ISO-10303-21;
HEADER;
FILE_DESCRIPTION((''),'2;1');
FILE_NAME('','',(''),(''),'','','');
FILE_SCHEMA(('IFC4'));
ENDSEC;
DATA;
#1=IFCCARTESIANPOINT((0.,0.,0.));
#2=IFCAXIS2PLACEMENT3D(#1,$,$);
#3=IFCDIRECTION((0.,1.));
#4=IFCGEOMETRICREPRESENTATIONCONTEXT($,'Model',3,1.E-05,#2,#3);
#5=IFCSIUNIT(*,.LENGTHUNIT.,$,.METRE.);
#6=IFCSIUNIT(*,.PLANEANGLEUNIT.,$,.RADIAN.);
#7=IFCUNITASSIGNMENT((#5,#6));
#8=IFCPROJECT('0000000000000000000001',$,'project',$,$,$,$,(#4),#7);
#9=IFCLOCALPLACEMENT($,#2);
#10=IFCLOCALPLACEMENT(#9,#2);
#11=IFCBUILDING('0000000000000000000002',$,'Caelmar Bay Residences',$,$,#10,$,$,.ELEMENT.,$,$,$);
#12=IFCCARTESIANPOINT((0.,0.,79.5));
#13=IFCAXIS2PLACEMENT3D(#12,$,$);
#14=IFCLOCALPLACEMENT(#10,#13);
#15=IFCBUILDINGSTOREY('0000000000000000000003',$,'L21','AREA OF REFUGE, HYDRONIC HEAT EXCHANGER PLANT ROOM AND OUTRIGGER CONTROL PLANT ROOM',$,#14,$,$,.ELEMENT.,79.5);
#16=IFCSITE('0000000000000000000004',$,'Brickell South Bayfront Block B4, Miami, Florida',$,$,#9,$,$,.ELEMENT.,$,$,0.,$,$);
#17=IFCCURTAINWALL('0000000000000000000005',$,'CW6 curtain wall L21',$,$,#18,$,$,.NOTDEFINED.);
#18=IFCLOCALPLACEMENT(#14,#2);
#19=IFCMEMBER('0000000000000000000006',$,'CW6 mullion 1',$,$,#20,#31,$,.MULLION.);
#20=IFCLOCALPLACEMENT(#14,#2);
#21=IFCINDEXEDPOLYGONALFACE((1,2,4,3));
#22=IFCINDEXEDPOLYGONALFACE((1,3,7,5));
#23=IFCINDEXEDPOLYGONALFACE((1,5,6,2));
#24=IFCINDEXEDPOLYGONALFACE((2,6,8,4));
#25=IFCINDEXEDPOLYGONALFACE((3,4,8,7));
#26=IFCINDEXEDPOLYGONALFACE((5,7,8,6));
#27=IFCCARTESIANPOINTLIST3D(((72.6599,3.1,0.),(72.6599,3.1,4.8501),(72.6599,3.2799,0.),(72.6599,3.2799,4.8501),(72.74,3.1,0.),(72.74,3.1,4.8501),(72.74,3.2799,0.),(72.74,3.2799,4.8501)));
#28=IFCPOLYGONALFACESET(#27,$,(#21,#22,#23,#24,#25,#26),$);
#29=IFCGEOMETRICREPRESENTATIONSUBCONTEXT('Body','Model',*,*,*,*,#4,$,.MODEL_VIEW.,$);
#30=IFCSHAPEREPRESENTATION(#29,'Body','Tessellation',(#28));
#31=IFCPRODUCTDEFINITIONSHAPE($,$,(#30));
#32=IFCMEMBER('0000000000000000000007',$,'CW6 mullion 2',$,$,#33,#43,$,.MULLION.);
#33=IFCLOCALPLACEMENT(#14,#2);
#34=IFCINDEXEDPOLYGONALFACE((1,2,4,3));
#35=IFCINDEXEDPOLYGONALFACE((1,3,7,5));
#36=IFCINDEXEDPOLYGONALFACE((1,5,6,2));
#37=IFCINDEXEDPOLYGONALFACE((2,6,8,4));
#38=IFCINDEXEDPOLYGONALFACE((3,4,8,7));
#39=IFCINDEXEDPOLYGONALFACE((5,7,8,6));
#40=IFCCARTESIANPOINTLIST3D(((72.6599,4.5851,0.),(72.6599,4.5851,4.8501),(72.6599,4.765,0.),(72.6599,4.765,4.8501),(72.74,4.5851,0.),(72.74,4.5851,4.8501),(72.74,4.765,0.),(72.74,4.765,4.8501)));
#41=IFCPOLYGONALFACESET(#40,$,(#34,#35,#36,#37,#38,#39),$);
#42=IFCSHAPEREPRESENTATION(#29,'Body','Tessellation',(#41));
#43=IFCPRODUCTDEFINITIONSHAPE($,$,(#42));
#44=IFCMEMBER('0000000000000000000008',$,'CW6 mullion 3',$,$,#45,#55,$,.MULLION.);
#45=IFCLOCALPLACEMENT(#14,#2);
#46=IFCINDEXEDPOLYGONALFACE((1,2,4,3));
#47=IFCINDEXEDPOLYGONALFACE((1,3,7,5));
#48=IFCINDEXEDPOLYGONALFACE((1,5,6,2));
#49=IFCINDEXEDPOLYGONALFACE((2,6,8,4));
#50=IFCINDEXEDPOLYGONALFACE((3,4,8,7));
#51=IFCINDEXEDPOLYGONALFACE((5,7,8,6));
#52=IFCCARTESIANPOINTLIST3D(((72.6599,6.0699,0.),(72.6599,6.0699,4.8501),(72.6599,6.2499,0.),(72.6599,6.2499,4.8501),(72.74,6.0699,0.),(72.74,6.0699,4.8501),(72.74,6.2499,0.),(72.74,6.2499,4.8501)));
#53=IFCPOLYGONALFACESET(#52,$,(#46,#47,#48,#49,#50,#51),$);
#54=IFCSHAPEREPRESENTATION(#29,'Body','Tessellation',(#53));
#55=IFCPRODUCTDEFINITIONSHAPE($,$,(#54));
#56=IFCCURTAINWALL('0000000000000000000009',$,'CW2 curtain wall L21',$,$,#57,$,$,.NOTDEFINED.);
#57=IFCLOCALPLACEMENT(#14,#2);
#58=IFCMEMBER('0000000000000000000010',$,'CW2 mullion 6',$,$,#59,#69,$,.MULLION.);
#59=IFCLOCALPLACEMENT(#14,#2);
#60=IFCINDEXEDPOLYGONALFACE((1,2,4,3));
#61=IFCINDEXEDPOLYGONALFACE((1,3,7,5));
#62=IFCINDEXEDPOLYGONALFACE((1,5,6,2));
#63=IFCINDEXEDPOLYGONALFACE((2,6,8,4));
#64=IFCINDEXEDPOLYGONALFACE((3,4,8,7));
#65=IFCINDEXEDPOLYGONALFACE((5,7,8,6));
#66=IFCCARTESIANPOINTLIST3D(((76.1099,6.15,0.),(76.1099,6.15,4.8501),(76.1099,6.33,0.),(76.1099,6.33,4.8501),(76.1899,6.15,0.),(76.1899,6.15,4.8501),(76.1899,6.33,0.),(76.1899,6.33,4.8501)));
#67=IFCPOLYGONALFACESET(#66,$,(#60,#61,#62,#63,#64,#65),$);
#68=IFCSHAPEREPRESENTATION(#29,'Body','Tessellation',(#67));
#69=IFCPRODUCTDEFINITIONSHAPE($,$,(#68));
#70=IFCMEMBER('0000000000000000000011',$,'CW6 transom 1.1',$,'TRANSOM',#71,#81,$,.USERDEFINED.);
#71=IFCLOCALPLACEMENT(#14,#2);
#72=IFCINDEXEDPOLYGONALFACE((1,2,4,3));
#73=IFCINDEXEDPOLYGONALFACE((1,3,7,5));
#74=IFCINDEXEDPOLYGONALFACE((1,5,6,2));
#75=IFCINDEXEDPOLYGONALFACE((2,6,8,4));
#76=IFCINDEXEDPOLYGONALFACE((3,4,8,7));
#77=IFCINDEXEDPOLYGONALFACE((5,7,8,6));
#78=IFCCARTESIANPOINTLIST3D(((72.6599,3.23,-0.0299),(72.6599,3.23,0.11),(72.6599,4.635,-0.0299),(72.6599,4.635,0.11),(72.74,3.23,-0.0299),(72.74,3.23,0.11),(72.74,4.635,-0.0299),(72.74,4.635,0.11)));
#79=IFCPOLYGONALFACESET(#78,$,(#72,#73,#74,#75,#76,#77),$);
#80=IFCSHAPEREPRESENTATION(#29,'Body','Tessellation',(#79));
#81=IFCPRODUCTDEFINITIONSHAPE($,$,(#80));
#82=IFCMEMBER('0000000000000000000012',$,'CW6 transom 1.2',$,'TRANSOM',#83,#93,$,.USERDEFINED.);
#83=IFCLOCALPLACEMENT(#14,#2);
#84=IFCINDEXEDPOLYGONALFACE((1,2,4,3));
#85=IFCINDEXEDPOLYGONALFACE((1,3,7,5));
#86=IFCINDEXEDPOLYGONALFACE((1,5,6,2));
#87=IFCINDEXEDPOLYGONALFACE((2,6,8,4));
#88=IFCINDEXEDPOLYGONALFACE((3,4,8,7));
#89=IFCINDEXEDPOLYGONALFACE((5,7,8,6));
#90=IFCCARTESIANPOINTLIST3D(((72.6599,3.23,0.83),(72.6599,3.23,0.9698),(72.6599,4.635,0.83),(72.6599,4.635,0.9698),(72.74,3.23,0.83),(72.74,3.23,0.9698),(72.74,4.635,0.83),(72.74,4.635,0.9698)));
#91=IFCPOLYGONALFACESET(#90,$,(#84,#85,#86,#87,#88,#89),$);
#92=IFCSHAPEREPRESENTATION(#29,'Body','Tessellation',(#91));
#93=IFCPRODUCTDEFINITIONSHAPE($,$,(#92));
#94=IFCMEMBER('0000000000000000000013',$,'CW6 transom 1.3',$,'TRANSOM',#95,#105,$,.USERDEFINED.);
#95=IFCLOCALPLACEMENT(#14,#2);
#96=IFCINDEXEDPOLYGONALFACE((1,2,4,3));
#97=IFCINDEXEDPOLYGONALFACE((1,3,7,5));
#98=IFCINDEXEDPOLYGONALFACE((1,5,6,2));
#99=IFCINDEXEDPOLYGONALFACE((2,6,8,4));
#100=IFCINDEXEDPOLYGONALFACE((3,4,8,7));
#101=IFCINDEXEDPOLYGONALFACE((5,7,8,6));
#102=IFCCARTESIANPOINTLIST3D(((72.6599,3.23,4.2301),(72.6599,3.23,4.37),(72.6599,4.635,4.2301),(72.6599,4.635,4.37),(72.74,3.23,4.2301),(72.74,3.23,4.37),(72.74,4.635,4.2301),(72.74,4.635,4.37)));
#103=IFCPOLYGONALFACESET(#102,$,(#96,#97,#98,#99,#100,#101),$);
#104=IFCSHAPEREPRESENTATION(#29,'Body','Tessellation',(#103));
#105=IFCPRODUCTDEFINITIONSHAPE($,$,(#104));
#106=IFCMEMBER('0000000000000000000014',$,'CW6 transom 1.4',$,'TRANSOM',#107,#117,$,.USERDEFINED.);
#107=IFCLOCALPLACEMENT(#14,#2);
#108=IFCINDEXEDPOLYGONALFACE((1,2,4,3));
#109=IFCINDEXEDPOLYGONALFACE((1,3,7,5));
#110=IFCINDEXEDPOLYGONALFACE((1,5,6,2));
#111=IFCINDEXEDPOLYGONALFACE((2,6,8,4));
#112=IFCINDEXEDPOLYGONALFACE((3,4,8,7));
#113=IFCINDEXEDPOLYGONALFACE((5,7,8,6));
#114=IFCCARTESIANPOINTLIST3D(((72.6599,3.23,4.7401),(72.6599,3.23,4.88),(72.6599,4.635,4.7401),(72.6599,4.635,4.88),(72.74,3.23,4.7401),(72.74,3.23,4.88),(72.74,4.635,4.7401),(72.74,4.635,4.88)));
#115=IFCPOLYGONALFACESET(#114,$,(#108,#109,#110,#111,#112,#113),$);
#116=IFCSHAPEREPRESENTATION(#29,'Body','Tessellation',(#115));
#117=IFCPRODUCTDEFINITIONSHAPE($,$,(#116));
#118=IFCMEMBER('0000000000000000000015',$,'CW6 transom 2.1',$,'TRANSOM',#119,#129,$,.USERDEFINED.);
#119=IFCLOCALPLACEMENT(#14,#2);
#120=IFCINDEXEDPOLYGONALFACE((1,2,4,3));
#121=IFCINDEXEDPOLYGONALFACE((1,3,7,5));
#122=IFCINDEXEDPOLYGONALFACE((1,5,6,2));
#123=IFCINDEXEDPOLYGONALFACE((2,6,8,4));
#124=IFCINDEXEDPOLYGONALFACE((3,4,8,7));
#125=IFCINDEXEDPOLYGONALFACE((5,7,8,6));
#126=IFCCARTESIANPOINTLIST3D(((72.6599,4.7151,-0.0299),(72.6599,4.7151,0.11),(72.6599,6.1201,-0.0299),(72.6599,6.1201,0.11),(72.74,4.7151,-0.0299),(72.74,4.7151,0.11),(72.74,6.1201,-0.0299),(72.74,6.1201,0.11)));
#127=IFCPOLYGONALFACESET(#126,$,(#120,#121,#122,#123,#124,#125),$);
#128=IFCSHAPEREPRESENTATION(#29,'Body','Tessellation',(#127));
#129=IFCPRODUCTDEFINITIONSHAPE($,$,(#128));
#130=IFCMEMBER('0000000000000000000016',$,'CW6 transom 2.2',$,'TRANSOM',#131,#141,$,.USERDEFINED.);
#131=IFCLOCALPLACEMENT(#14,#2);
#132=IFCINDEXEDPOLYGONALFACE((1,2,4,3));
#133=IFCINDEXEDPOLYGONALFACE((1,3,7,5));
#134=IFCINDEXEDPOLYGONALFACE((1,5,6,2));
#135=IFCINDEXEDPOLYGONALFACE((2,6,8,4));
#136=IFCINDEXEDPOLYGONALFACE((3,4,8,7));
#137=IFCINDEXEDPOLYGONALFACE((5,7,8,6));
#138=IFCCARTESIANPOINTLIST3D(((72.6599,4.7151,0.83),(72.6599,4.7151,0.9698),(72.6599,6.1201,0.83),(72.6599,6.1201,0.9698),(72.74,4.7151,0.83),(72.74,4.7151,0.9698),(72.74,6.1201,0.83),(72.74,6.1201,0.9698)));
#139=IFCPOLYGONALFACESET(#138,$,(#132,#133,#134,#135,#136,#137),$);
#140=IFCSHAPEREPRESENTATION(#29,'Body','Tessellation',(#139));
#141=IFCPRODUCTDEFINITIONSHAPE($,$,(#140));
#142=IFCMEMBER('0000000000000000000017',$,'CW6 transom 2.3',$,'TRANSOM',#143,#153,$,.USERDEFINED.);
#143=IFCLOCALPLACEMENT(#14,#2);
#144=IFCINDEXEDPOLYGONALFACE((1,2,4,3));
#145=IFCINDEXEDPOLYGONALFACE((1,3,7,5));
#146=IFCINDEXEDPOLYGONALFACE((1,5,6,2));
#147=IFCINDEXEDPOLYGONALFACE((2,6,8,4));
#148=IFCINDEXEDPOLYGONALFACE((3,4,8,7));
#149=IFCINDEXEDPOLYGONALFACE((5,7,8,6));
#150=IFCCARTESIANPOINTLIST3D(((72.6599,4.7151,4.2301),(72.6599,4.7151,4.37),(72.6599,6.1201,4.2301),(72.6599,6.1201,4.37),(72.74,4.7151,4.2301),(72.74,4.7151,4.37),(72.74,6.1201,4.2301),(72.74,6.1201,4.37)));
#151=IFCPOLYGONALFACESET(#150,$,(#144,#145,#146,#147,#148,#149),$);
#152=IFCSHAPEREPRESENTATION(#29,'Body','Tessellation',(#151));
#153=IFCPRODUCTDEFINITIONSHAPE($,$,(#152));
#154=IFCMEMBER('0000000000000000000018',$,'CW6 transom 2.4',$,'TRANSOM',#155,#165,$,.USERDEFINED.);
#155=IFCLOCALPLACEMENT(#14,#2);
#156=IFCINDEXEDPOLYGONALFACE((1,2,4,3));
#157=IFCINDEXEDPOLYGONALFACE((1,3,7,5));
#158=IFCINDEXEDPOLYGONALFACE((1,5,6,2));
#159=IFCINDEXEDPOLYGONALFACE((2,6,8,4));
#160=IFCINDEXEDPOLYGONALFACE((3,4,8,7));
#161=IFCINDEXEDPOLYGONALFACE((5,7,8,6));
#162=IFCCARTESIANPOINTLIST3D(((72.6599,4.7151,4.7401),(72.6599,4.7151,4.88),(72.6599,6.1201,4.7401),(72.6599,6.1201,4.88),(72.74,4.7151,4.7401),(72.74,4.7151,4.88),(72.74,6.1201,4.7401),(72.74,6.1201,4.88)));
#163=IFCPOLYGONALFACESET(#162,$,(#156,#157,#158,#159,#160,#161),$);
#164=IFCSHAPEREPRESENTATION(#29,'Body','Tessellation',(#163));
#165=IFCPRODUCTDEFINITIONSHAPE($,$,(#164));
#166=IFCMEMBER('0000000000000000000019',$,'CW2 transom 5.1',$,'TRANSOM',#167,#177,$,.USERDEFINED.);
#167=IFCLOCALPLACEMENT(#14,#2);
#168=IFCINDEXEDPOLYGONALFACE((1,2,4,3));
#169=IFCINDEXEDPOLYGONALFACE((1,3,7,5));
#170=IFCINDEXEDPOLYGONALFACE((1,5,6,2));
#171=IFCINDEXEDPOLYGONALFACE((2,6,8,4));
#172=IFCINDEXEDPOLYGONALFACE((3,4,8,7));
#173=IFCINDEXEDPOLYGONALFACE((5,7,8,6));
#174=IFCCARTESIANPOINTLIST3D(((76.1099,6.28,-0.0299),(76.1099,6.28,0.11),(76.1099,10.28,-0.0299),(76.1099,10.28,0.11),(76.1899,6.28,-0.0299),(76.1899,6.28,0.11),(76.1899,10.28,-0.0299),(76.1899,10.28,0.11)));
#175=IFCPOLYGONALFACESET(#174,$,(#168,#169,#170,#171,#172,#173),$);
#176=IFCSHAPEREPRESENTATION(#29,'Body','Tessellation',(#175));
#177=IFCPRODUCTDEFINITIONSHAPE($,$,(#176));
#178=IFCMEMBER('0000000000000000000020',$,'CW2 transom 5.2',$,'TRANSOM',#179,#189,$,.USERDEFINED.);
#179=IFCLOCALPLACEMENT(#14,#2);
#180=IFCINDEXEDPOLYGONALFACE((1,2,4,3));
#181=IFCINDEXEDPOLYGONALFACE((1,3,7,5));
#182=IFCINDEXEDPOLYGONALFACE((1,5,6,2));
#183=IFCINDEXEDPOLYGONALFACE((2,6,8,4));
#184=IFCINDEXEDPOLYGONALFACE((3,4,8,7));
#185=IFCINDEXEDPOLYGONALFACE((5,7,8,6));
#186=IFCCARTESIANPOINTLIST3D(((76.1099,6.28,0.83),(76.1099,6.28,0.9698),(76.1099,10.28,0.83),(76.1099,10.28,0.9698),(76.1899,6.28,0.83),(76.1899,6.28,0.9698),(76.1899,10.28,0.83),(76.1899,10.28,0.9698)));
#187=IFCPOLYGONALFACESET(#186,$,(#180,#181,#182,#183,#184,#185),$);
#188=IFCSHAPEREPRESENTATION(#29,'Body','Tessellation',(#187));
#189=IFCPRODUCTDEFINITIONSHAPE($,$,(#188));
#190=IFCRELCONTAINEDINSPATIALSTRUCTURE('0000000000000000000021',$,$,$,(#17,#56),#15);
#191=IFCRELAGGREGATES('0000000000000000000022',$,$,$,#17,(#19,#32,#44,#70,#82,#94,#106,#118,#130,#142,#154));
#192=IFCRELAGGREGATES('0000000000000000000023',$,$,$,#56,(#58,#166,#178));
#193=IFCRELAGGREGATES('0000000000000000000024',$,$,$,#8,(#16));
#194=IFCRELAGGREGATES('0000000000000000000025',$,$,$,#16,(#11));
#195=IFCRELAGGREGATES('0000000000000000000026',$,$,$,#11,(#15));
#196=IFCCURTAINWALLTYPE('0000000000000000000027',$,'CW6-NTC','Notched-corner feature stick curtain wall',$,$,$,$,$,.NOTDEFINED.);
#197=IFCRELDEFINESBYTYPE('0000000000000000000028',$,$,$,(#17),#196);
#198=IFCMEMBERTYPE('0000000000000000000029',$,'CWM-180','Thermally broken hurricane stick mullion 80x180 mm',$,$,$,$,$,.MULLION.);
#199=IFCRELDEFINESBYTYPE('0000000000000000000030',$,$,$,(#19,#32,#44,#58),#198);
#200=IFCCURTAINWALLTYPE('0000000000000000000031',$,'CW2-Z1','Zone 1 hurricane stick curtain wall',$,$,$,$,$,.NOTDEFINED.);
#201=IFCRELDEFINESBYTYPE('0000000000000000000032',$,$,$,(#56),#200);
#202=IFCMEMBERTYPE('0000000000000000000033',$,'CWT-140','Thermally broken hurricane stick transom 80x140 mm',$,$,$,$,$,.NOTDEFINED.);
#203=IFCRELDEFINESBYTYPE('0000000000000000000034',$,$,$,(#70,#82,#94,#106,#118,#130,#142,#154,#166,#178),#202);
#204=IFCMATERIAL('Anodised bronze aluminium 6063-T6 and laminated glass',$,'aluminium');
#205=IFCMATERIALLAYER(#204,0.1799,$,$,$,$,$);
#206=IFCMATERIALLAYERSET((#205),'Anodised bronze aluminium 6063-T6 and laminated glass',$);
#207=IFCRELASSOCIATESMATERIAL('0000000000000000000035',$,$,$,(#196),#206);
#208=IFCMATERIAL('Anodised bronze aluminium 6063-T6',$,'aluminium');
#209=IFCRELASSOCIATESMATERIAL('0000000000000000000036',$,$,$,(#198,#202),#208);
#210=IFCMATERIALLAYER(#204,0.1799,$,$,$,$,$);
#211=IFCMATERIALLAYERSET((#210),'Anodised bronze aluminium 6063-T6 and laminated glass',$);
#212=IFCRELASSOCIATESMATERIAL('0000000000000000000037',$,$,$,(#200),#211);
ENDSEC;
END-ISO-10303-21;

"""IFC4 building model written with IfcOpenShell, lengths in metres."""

from ifc_helpers import new_model, si_unit, direction, frame, origin, origin_2d, place, context, subcontext, project, spatial, rectangle, extrude, material, layer, layer_set, material_profile, profile_set, type_object, element, aggregate, save


model = new_model("IFC4")

# Units and contexts
model_context = context("Model", 3, precision=1e-05, world=origin(), true_north=direction((0.0, 1.0)))
body_context = subcontext(model_context, "Body", "Model", "MODEL_VIEW")
ifc_project = project(units=[si_unit("LENGTHUNIT", "METRE"), si_unit("PLANEANGLEUNIT", "RADIAN")], contexts=[model_context])

# Site, building, storey
site_placement = place(None, origin())
site = spatial("IfcSite", under=ifc_project, at=site_placement, Name="Brickell South Bayfront Block B4, Miami, Florida", CompositionType="ELEMENT", RefElevation=0.0)
building_placement = place(site_placement, origin())
building = spatial("IfcBuilding", under=site, at=building_placement, Name="Caelmar Bay Residences", CompositionType="ELEMENT")
storey_placement = place(building_placement, frame((0.0, 0.0, 79.5)))
storey = spatial("IfcBuildingStorey", under=building, at=storey_placement, Name="L21", Description="AREA OF REFUGE, HYDRONIC HEAT EXCHANGER PLANT ROOM AND OUTRIGGER CONTROL PLANT ROOM", CompositionType="ELEMENT", Elevation=79.5)

# Curtain wall, members
ifc_material_1 = material(Name="Anodised bronze aluminium 6063-T6 and laminated glass", Category="aluminium")
ifc_layer_1 = layer(ifc_material_1, 0.1799)
ifc_layer_set_1 = layer_set([ifc_layer_1], Name="Anodised bronze aluminium 6063-T6 and laminated glass")
curtain_wall_type_1 = type_object("IfcCurtainWallType", Name="CW6-NTC", Description="Notched-corner feature stick curtain wall", PredefinedType="NOTDEFINED", material=ifc_layer_set_1)
curtain_wall_1_placement = place(storey_placement, origin())
curtain_wall_1 = element("IfcCurtainWall", 1, at=curtain_wall_1_placement, inside=storey, type_object=curtain_wall_type_1, Name="CW6 curtain wall L21", PredefinedType="NOTDEFINED")
ifc_material_2 = material(Name="Anodised bronze aluminium 6063-T6", Category="aluminium")
ifc_material_profile_1 = material_profile(ifc_material_2, rectangle(XDim=0.0801, YDim=0.1799, at=origin_2d()), Name="CWM-80X180")
ifc_profile_set_1 = profile_set([ifc_material_profile_1], Name="Anodised bronze aluminium 6063-T6")
member_type_1 = type_object("IfcMemberType", Name="CWM-180", Description="Thermally broken hurricane stick mullion 80x180 mm", PredefinedType="MULLION", material=ifc_profile_set_1)
member_1_placement = place(storey_placement, frame((72.7, 3.1899, 0.0), z_axis=(0.0, 0.0, 1.0), x_axis=(-1.0, 0.0, 0.0)))
member_1 = element("IfcMember", 2, at=member_1_placement, type_object=member_type_1, Name="CW6 mullion 1", PredefinedType="MULLION", context=body_context, shape_type="SweptSolid", body=[
    extrude(rectangle(XDim=0.0801, YDim=0.1799, at=origin_2d()), origin(), (0.0, 0.0, 1.0), 4.8501),
])
member_2_placement = place(storey_placement, frame((72.7, 4.675, 0.0), z_axis=(0.0, 0.0, 1.0), x_axis=(-1.0, 0.0, 0.0)))
member_2 = element("IfcMember", 3, at=member_2_placement, type_object=member_type_1, Name="CW6 mullion 2", PredefinedType="MULLION", context=body_context, shape_type="SweptSolid", body=[
    extrude(rectangle(XDim=0.0801, YDim=0.1799, at=origin_2d()), origin(), (0.0, 0.0, 1.0), 4.8501),
])
member_3_placement = place(storey_placement, frame((72.7, 6.1599, 0.0), z_axis=(0.0, 0.0, 1.0), x_axis=(-1.0, 0.0, 0.0)))
member_3 = element("IfcMember", 4, at=member_3_placement, type_object=member_type_1, Name="CW6 mullion 3", PredefinedType="MULLION", context=body_context, shape_type="SweptSolid", body=[
    extrude(rectangle(XDim=0.0801, YDim=0.1799, at=origin_2d()), origin(), (0.0, 0.0, 1.0), 4.8501),
])

# Curtain wall, member
ifc_layer_2 = layer(ifc_material_1, 0.1799)
ifc_layer_set_2 = layer_set([ifc_layer_2], Name="Anodised bronze aluminium 6063-T6 and laminated glass")
curtain_wall_type_2 = type_object("IfcCurtainWallType", Name="CW2-Z1", Description="Zone 1 hurricane stick curtain wall", PredefinedType="NOTDEFINED", material=ifc_layer_set_2)
curtain_wall_2_placement = place(storey_placement, origin())
curtain_wall_2 = element("IfcCurtainWall", 5, at=curtain_wall_2_placement, inside=storey, type_object=curtain_wall_type_2, Name="CW2 curtain wall L21", PredefinedType="NOTDEFINED")
member_4_placement = place(storey_placement, frame((76.1499, 6.24, 0.0), z_axis=(0.0, 0.0, 1.0), x_axis=(1.0, 0.0, 0.0)))
member_4 = element("IfcMember", 6, at=member_4_placement, type_object=member_type_1, Name="CW2 mullion 6", PredefinedType="MULLION", context=body_context, shape_type="SweptSolid", body=[
    extrude(rectangle(XDim=0.0801, YDim=0.1799, at=origin_2d()), origin(), (0.0, 0.0, 1.0), 4.8501),
])

# Members
ifc_material_profile_2 = material_profile(ifc_material_2, rectangle(XDim=0.0801, YDim=0.1399, at=origin_2d()), Name="CWT-80X140")
ifc_profile_set_2 = profile_set([ifc_material_profile_2], Name="Anodised bronze aluminium 6063-T6")
member_type_2 = type_object("IfcMemberType", Name="CWT-140", Description="Thermally broken hurricane stick transom 80x140 mm", PredefinedType="NOTDEFINED", material=ifc_profile_set_2)
member_5_placement = place(storey_placement, frame((72.7, 3.23, 0.04), z_axis=(0.0, 1.0, 0.0), x_axis=(-1.0, 0.0, 0.0)))
member_5 = element("IfcMember", 7, at=member_5_placement, type_object=member_type_2, Name="CW6 transom 1.1", ObjectType="TRANSOM", PredefinedType="USERDEFINED", context=body_context, shape_type="SweptSolid", body=[
    extrude(rectangle(XDim=0.0801, YDim=0.1399, at=origin_2d()), origin(), (0.0, 0.0, 1.0), 1.405),
])
member_6_placement = place(storey_placement, frame((72.7, 3.23, 0.8999), z_axis=(0.0, 1.0, 0.0), x_axis=(-1.0, 0.0, 0.0)))
member_6 = element("IfcMember", 8, at=member_6_placement, type_object=member_type_2, Name="CW6 transom 1.2", ObjectType="TRANSOM", PredefinedType="USERDEFINED", context=body_context, shape_type="SweptSolid", body=[
    extrude(rectangle(XDim=0.0801, YDim=0.1399, at=origin_2d()), origin(), (0.0, 0.0, 1.0), 1.405),
])
member_7_placement = place(storey_placement, frame((72.7, 3.23, 4.3), z_axis=(0.0, 1.0, 0.0), x_axis=(-1.0, 0.0, 0.0)))
member_7 = element("IfcMember", 9, at=member_7_placement, type_object=member_type_2, Name="CW6 transom 1.3", ObjectType="TRANSOM", PredefinedType="USERDEFINED", context=body_context, shape_type="SweptSolid", body=[
    extrude(rectangle(XDim=0.0801, YDim=0.1399, at=origin_2d()), origin(), (0.0, 0.0, 1.0), 1.405),
])
member_8_placement = place(storey_placement, frame((72.7, 3.23, 4.8101), z_axis=(0.0, 1.0, 0.0), x_axis=(-1.0, 0.0, 0.0)))
member_8 = element("IfcMember", 10, at=member_8_placement, type_object=member_type_2, Name="CW6 transom 1.4", ObjectType="TRANSOM", PredefinedType="USERDEFINED", context=body_context, shape_type="SweptSolid", body=[
    extrude(rectangle(XDim=0.0801, YDim=0.1399, at=origin_2d()), origin(), (0.0, 0.0, 1.0), 1.405),
])
member_9_placement = place(storey_placement, frame((72.7, 4.7151, 0.04), z_axis=(0.0, 1.0, 0.0), x_axis=(-1.0, 0.0, 0.0)))
member_9 = element("IfcMember", 11, at=member_9_placement, type_object=member_type_2, Name="CW6 transom 2.1", ObjectType="TRANSOM", PredefinedType="USERDEFINED", context=body_context, shape_type="SweptSolid", body=[
    extrude(rectangle(XDim=0.0801, YDim=0.1399, at=origin_2d()), origin(), (0.0, 0.0, 1.0), 1.405),
])
member_10_placement = place(storey_placement, frame((72.7, 4.7151, 0.8999), z_axis=(0.0, 1.0, 0.0), x_axis=(-1.0, 0.0, 0.0)))
member_10 = element("IfcMember", 12, at=member_10_placement, type_object=member_type_2, Name="CW6 transom 2.2", ObjectType="TRANSOM", PredefinedType="USERDEFINED", context=body_context, shape_type="SweptSolid", body=[
    extrude(rectangle(XDim=0.0801, YDim=0.1399, at=origin_2d()), origin(), (0.0, 0.0, 1.0), 1.405),
])
member_11_placement = place(storey_placement, frame((72.7, 4.7151, 4.3), z_axis=(0.0, 1.0, 0.0), x_axis=(-1.0, 0.0, 0.0)))
member_11 = element("IfcMember", 13, at=member_11_placement, type_object=member_type_2, Name="CW6 transom 2.3", ObjectType="TRANSOM", PredefinedType="USERDEFINED", context=body_context, shape_type="SweptSolid", body=[
    extrude(rectangle(XDim=0.0801, YDim=0.1399, at=origin_2d()), origin(), (0.0, 0.0, 1.0), 1.405),
])
member_12_placement = place(storey_placement, frame((72.7, 4.7151, 4.8101), z_axis=(0.0, 1.0, 0.0), x_axis=(-1.0, 0.0, 0.0)))
member_12 = element("IfcMember", 14, at=member_12_placement, type_object=member_type_2, Name="CW6 transom 2.4", ObjectType="TRANSOM", PredefinedType="USERDEFINED", context=body_context, shape_type="SweptSolid", body=[
    extrude(rectangle(XDim=0.0801, YDim=0.1399, at=origin_2d()), origin(), (0.0, 0.0, 1.0), 1.405),
])
member_13_placement = place(storey_placement, frame((76.1499, 10.28, 0.04), z_axis=(0.0, -1.0, 0.0), x_axis=(1.0, 0.0, 0.0)))
member_13 = element("IfcMember", 15, at=member_13_placement, type_object=member_type_2, Name="CW2 transom 5.1", ObjectType="TRANSOM", PredefinedType="USERDEFINED", context=body_context, shape_type="SweptSolid", body=[
    extrude(rectangle(XDim=0.0801, YDim=0.1399, at=origin_2d()), origin(), (0.0, 0.0, 1.0), 4.0),
])
member_14_placement = place(storey_placement, frame((76.1499, 10.28, 0.8999), z_axis=(0.0, -1.0, 0.0), x_axis=(1.0, 0.0, 0.0)))
member_14 = element("IfcMember", 16, at=member_14_placement, type_object=member_type_2, Name="CW2 transom 5.2", ObjectType="TRANSOM", PredefinedType="USERDEFINED", context=body_context, shape_type="SweptSolid", body=[
    extrude(rectangle(XDim=0.0801, YDim=0.1399, at=origin_2d()), origin(), (0.0, 0.0, 1.0), 4.0),
])

aggregate(curtain_wall_1, [member_1, member_2, member_3, member_5, member_6, member_7, member_8, member_9, member_10, member_11, member_12])
aggregate(curtain_wall_2, [member_4, member_13, member_14])

save(model, "model.ifc")
